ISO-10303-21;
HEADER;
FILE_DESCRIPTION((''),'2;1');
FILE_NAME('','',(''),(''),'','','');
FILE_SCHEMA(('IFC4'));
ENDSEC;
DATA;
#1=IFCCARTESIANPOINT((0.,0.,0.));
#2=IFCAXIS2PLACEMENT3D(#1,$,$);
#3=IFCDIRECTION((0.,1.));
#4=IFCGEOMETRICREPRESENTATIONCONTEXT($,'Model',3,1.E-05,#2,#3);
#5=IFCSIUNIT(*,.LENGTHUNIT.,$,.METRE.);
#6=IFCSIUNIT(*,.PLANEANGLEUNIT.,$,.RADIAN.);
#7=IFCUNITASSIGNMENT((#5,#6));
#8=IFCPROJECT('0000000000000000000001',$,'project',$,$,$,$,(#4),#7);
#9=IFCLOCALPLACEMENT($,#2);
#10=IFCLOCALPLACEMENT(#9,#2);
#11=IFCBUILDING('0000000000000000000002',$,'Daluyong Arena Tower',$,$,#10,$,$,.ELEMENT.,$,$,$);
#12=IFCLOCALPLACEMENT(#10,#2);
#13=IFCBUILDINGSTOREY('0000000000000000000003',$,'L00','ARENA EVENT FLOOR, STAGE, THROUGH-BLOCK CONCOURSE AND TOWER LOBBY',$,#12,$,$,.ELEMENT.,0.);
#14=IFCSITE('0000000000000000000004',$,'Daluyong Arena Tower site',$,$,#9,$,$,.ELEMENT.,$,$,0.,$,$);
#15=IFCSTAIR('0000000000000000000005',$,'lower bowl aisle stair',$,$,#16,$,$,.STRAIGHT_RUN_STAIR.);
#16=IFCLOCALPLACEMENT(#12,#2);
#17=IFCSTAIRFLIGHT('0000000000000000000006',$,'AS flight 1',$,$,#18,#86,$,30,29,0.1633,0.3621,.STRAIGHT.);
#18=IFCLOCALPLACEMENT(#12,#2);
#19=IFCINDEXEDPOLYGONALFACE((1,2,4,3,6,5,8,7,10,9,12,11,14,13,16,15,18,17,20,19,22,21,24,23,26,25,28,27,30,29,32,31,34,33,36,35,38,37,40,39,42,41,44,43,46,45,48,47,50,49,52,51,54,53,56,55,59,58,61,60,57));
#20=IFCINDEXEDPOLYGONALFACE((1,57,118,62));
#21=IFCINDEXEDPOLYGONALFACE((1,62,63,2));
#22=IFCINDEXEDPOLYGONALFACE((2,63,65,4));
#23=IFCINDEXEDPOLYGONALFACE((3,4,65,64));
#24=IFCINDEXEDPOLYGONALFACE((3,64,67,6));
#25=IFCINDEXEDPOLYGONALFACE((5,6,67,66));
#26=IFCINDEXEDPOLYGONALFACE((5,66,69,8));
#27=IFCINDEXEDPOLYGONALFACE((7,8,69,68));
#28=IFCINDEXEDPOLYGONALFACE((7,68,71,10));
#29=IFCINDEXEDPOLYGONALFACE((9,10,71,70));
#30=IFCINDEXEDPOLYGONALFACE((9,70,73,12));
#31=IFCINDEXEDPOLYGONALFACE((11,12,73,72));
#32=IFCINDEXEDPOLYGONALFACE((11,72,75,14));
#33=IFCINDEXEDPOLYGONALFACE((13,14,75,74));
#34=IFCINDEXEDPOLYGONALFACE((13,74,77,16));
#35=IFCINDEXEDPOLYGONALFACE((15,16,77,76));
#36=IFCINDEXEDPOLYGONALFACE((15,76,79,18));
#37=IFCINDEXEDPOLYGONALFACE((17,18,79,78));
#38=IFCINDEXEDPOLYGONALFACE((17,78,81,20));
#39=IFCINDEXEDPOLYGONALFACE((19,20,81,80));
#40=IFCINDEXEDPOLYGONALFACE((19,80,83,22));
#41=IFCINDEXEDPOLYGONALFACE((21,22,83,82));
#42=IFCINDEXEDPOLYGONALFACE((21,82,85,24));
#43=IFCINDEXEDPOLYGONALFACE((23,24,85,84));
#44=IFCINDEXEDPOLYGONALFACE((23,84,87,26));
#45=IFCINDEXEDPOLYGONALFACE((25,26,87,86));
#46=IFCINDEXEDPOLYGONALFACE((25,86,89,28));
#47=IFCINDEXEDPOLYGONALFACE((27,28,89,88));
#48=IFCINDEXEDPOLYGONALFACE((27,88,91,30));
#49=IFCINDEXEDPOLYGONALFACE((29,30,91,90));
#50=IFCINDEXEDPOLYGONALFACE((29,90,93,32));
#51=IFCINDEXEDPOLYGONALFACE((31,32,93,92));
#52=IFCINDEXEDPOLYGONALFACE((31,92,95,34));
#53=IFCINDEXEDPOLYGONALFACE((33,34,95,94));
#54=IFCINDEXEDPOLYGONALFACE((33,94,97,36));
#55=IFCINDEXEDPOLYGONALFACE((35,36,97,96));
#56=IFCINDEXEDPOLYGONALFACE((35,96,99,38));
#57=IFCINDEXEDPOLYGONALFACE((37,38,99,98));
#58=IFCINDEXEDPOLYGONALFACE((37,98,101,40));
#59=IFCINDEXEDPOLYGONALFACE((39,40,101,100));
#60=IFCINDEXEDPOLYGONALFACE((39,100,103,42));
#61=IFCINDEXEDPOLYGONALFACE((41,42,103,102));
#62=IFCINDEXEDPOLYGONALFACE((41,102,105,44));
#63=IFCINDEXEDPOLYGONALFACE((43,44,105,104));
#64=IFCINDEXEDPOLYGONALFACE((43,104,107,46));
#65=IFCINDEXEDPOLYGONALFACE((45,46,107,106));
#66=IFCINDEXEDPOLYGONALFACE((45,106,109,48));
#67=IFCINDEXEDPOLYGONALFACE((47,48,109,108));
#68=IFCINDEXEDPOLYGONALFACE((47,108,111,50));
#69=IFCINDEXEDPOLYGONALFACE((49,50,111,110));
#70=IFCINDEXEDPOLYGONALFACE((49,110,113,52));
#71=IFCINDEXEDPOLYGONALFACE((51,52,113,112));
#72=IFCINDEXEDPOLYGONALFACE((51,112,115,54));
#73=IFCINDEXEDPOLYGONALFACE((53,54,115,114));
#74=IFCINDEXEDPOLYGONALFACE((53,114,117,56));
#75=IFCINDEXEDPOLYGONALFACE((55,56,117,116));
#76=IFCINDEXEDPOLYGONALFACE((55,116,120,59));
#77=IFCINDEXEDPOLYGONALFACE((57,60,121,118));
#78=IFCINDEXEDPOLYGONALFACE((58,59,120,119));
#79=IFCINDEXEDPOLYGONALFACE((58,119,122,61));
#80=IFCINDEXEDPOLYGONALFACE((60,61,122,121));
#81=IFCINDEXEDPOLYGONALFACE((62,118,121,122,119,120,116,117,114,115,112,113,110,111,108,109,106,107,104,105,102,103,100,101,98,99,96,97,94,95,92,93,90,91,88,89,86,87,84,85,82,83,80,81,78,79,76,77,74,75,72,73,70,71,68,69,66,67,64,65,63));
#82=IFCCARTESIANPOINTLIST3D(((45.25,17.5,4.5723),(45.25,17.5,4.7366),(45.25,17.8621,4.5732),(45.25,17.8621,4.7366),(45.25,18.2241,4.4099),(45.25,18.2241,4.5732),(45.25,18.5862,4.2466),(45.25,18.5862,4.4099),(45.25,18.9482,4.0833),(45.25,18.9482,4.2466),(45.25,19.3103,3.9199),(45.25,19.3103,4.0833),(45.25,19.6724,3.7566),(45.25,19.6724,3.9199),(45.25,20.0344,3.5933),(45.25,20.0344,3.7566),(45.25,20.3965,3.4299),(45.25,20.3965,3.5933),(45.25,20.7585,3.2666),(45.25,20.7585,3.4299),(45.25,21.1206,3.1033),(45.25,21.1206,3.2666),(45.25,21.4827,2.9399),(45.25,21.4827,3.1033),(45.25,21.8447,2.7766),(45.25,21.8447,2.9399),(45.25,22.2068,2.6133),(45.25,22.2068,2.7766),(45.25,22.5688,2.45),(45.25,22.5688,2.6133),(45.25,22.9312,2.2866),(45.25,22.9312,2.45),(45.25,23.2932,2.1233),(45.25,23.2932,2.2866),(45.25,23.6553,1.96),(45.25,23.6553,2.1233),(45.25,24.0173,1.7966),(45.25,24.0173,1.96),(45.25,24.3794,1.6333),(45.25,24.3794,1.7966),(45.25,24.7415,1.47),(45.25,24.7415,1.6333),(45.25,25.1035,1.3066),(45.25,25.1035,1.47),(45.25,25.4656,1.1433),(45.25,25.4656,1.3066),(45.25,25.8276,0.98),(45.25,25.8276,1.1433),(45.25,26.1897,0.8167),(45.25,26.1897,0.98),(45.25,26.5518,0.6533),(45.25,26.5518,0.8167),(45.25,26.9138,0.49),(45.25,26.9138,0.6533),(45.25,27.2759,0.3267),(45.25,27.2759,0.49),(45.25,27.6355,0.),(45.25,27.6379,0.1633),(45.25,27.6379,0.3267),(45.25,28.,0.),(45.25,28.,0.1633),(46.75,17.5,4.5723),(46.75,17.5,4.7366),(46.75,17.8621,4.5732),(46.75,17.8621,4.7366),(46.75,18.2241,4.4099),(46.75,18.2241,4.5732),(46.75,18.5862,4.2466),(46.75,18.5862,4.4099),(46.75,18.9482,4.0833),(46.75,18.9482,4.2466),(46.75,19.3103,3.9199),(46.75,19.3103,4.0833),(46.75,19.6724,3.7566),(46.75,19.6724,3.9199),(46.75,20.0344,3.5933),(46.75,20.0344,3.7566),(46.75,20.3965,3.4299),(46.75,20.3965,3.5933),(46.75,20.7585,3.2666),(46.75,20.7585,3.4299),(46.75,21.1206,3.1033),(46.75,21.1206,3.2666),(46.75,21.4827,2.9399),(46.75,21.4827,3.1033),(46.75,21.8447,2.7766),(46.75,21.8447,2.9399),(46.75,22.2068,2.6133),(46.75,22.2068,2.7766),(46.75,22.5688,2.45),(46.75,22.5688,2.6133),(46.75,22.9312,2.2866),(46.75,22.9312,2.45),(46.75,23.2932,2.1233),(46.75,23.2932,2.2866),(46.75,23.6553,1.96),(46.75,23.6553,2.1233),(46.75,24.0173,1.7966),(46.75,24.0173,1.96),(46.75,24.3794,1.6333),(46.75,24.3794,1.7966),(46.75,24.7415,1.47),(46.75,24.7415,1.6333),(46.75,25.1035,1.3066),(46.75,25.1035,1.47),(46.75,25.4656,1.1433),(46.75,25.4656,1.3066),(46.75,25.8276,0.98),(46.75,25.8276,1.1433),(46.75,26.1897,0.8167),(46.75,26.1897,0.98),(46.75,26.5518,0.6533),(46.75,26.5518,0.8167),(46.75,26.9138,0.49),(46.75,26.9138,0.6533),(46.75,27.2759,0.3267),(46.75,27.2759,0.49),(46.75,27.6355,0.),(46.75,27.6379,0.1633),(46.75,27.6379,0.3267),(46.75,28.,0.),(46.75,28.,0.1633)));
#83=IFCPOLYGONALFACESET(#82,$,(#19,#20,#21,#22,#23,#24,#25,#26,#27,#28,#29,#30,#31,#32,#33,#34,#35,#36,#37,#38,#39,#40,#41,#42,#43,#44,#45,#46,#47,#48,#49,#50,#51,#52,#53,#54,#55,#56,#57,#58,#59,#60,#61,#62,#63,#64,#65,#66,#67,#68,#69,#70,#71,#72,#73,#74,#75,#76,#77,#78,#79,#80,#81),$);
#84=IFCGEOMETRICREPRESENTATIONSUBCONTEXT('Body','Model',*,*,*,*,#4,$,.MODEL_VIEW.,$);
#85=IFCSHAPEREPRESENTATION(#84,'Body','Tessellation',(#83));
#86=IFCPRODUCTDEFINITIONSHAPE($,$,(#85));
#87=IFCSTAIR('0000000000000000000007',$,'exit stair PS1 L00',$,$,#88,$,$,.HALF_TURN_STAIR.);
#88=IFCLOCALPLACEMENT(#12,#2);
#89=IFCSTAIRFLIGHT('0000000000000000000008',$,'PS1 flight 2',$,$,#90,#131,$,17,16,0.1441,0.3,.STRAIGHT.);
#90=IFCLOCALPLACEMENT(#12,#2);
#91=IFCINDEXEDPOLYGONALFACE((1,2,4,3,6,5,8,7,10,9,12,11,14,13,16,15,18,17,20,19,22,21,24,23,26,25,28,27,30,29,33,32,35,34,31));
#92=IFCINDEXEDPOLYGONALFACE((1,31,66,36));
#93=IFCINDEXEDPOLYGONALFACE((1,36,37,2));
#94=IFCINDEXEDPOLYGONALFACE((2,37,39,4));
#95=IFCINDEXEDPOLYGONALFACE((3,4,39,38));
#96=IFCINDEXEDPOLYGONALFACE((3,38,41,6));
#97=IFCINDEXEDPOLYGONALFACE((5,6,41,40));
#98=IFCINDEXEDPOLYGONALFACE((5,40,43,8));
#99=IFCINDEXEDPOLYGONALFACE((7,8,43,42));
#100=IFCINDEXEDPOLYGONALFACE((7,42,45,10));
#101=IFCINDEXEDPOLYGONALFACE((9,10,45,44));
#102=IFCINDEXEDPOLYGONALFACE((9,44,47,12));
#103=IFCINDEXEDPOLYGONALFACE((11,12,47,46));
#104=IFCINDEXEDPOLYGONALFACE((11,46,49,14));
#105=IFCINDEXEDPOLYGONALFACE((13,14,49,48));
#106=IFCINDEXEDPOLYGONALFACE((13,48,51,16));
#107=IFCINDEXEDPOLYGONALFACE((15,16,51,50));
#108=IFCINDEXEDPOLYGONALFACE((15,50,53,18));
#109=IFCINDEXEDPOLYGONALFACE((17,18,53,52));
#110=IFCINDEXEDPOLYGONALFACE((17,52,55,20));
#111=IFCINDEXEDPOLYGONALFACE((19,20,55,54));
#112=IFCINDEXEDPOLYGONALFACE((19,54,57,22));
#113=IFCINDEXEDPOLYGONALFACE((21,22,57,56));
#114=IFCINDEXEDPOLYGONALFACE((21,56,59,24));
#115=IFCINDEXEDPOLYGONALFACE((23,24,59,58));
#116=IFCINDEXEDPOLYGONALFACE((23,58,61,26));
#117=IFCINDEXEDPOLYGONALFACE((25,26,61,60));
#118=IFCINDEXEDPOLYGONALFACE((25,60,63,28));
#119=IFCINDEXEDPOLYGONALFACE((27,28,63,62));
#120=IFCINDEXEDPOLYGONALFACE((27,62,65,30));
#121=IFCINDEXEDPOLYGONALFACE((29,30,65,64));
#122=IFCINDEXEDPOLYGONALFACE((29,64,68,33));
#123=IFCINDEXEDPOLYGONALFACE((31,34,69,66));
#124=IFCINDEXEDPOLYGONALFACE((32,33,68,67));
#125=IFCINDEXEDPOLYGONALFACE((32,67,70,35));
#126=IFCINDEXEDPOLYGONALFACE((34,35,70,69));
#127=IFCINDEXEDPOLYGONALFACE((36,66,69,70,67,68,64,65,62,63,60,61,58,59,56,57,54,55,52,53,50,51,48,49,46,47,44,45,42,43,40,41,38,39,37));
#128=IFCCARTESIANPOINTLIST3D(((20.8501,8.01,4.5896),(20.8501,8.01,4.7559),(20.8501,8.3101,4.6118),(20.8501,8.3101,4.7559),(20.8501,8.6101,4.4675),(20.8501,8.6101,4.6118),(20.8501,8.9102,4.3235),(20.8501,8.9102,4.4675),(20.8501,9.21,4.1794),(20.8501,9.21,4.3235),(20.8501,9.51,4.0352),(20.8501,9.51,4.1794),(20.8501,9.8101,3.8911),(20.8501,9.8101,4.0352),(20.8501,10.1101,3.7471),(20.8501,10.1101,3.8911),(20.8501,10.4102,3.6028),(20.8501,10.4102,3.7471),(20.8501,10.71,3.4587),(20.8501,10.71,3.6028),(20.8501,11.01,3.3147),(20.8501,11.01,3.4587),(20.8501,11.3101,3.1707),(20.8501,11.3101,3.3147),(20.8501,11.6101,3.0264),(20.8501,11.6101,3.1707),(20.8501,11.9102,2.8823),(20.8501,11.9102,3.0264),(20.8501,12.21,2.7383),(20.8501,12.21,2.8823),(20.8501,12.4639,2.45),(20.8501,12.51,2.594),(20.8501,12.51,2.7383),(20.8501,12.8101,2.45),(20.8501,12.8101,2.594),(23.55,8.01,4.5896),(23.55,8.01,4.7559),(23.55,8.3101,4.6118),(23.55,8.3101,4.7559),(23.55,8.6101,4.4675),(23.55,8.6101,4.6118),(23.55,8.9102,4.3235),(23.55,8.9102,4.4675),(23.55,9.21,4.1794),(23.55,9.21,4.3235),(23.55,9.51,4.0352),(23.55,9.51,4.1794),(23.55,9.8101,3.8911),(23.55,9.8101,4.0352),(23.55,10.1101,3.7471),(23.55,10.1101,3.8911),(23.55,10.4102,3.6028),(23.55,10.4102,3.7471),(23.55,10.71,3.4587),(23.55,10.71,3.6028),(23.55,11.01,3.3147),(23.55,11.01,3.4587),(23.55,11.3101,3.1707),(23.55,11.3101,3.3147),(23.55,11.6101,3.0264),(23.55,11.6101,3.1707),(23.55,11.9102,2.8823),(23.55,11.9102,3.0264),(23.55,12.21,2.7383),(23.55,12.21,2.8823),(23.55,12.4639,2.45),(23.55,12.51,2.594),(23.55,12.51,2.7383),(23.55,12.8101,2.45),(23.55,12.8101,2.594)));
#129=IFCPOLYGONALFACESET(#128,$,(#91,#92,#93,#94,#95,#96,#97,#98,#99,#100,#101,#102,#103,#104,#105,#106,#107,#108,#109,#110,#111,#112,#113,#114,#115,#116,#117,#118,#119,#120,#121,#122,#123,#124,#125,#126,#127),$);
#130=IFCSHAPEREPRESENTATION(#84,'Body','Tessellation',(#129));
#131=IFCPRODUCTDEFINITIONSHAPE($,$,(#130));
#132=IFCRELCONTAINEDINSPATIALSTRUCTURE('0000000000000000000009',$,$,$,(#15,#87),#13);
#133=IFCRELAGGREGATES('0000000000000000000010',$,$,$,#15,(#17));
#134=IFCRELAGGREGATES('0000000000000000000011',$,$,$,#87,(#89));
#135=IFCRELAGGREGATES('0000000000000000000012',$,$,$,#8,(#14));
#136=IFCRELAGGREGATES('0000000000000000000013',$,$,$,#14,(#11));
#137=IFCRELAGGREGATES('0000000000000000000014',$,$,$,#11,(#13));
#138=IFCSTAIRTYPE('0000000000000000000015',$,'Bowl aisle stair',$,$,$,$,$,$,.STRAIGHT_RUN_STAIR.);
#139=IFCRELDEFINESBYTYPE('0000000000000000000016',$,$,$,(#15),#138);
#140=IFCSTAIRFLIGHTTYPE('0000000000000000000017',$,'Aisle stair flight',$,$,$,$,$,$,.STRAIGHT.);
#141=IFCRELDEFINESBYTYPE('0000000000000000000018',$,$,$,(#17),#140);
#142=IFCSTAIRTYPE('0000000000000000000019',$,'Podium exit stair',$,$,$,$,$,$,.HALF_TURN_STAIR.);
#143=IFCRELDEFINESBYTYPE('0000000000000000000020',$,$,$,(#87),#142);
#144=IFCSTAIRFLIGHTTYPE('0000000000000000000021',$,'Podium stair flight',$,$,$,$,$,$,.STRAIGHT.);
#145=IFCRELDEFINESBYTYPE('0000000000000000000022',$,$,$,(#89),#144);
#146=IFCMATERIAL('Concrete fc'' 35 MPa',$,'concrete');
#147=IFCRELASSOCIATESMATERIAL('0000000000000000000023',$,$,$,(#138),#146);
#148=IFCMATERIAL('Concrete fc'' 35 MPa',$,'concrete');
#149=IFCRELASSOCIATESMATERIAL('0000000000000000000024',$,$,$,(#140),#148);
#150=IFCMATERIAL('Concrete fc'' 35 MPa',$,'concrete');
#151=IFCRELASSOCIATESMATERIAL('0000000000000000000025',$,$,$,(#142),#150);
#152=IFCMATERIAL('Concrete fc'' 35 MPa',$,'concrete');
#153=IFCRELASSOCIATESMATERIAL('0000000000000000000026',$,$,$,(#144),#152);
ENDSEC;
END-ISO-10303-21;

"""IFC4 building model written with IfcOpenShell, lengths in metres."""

from ifc_helpers import new_model, si_unit, direction, frame, origin, place, context, subcontext, project, spatial, polyline, outline, extrude, material, type_object, element, aggregate, save


model = new_model("IFC4")

# Units and contexts
model_context = context("Model", 3, precision=1e-05, world=origin(), true_north=direction((0.0, 1.0)))
body_context = subcontext(model_context, "Body", "Model", "MODEL_VIEW")
ifc_project = project(units=[si_unit("LENGTHUNIT", "METRE"), si_unit("PLANEANGLEUNIT", "RADIAN")], contexts=[model_context])

# Site, building, storey
site_placement = place(None, origin())
site = spatial("IfcSite", under=ifc_project, at=site_placement, Name="Daluyong Arena Tower site", CompositionType="ELEMENT", RefElevation=0.0)
building_placement = place(site_placement, origin())
building = spatial("IfcBuilding", under=site, at=building_placement, Name="Daluyong Arena Tower", CompositionType="ELEMENT")
storey_placement = place(building_placement, origin())
storey = spatial("IfcBuildingStorey", under=building, at=storey_placement, Name="L00", Description="ARENA EVENT FLOOR, STAGE, THROUGH-BLOCK CONCOURSE AND TOWER LOBBY", CompositionType="ELEMENT", Elevation=0.0)

# Stairs, stair flights
ifc_material_1 = material(Name="Concrete fc' 35 MPa", Category="concrete")
stair_type_1 = type_object("IfcStairType", Name="Bowl aisle stair", PredefinedType="STRAIGHT_RUN_STAIR", material=ifc_material_1)
ifc_material_2 = material(Name="Concrete fc' 35 MPa", Category="concrete")
stair_flight_type_1 = type_object("IfcStairFlightType", Name="Aisle stair flight", PredefinedType="STRAIGHT", material=ifc_material_2)
stair_1_placement = place(storey_placement, origin())
stair_1 = element("IfcStair", 1, at=stair_1_placement, inside=storey, type_object=stair_type_1, Name="lower bowl aisle stair", PredefinedType="STRAIGHT_RUN_STAIR")
stair_flight_1_placement = place(storey_placement, frame((46.0, 28.0, 0.0), z_axis=(0.0, 0.0, 1.0), x_axis=(0.0, -1.0, 0.0)))
stair_flight_1 = element("IfcStairFlight", 2, at=stair_flight_1_placement, type_object=stair_flight_type_1, Name="AS flight 1", NumberOfRisers=30, NumberOfTreads=29, PredefinedType="STRAIGHT", RiserHeight=0.1633, TreadLength=0.3621, context=body_context, shape_type="SweptSolid", body=[
    extrude(outline(polyline([(0.0, 0.0), (0.0, 0.1633), (0.3621, 0.1633), (0.3621, 0.3267), (0.7241, 0.3267), (0.7241, 0.49), (1.0862, 0.49), (1.0862, 0.6533), (1.4482, 0.6533), (1.4482, 0.8167), (1.8103, 0.8167), (1.8103, 0.98), (2.1724, 0.98), (2.1724, 1.1433), (2.5344, 1.1433), (2.5344, 1.3066), (2.8965, 1.3066), (2.8965, 1.47), (3.2585, 1.47), (3.2585, 1.6333), (3.6206, 1.6333), (3.6206, 1.7966), (3.9827, 1.7966), (3.9827, 1.96), (4.3447, 1.96), (4.3447, 2.1233), (4.7068, 2.1233), (4.7068, 2.2866), (5.0688, 2.2866), (5.0688, 2.45), (5.4312, 2.45), (5.4312, 2.6133), (5.7932, 2.6133), (5.7932, 2.7766), (6.1553, 2.7766), (6.1553, 2.9399), (6.5173, 2.9399), (6.5173, 3.1033), (6.8794, 3.1033), (6.8794, 3.2666), (7.2415, 3.2666), (7.2415, 3.4299), (7.6035, 3.4299), (7.6035, 3.5933), (7.9656, 3.5933), (7.9656, 3.7566), (8.3276, 3.7566), (8.3276, 3.9199), (8.6897, 3.9199), (8.6897, 4.0833), (9.0518, 4.0833), (9.0518, 4.2466), (9.4138, 4.2466), (9.4138, 4.4099), (9.7759, 4.4099), (9.7759, 4.5732), (10.1379, 4.5732), (10.1379, 4.7366), (10.5, 4.7366), (10.5, 4.8999), (10.5, 4.5723), (0.3645, 0.0), (0.0, 0.0)])), frame((0.0, 0.75, 0.0), z_axis=(0.0, -1.0, 0.0), x_axis=(1.0, 0.0, 0.0)), (0.0, 0.0, 1.0), 1.5),
])
aggregate(stair_1, [stair_flight_1])
ifc_material_3 = material(Name="Concrete fc' 35 MPa", Category="concrete")
stair_type_2 = type_object("IfcStairType", Name="Podium exit stair", PredefinedType="HALF_TURN_STAIR", material=ifc_material_3)
stair_2_placement = place(storey_placement, origin())
stair_2 = element("IfcStair", 3, at=stair_2_placement, inside=storey, type_object=stair_type_2, Name="exit stair PS1 L00", PredefinedType="HALF_TURN_STAIR")
ifc_material_4 = material(Name="Concrete fc' 35 MPa", Category="concrete")
stair_flight_type_2 = type_object("IfcStairFlightType", Name="Podium stair flight", PredefinedType="STRAIGHT", material=ifc_material_4)
stair_flight_2_placement = place(storey_placement, frame((22.2, 12.8101, 2.45), z_axis=(0.0, 0.0, 1.0), x_axis=(0.0, -1.0, 0.0)))
stair_flight_2 = element("IfcStairFlight", 4, at=stair_flight_2_placement, type_object=stair_flight_type_2, Name="PS1 flight 2", NumberOfRisers=17, NumberOfTreads=16, PredefinedType="STRAIGHT", RiserHeight=0.1441, TreadLength=0.3, context=body_context, shape_type="SweptSolid", body=[
    extrude(outline(polyline([(0.0, 0.0), (0.0, 0.144), (0.3, 0.144), (0.3, 0.2883), (0.6001, 0.2883), (0.6001, 0.4324), (0.8999, 0.4324), (0.8999, 0.5764), (1.2, 0.5764), (1.2, 0.7207), (1.5, 0.7207), (1.5, 0.8647), (1.8, 0.8647), (1.8, 1.0088), (2.1001, 1.0088), (2.1001, 1.1528), (2.3999, 1.1528), (2.3999, 1.2971), (2.7, 1.2971), (2.7, 1.4412), (3.0, 1.4412), (3.0, 1.5852), (3.3, 1.5852), (3.3, 1.7295), (3.6001, 1.7295), (3.6001, 1.8735), (3.8999, 1.8735), (3.8999, 2.0176), (4.2, 2.0176), (4.2, 2.1619), (4.5, 2.1619), (4.5, 2.3059), (4.8, 2.3059), (4.8, 2.45), (4.8, 2.1396), (0.3462, 0.0), (0.0, 0.0)])), frame((0.0, 1.3501, 0.0), z_axis=(0.0, -1.0, 0.0), x_axis=(1.0, 0.0, 0.0)), (0.0, 0.0, 1.0), 2.7),
])
aggregate(stair_2, [stair_flight_2])

save(model, "model.ifc")
